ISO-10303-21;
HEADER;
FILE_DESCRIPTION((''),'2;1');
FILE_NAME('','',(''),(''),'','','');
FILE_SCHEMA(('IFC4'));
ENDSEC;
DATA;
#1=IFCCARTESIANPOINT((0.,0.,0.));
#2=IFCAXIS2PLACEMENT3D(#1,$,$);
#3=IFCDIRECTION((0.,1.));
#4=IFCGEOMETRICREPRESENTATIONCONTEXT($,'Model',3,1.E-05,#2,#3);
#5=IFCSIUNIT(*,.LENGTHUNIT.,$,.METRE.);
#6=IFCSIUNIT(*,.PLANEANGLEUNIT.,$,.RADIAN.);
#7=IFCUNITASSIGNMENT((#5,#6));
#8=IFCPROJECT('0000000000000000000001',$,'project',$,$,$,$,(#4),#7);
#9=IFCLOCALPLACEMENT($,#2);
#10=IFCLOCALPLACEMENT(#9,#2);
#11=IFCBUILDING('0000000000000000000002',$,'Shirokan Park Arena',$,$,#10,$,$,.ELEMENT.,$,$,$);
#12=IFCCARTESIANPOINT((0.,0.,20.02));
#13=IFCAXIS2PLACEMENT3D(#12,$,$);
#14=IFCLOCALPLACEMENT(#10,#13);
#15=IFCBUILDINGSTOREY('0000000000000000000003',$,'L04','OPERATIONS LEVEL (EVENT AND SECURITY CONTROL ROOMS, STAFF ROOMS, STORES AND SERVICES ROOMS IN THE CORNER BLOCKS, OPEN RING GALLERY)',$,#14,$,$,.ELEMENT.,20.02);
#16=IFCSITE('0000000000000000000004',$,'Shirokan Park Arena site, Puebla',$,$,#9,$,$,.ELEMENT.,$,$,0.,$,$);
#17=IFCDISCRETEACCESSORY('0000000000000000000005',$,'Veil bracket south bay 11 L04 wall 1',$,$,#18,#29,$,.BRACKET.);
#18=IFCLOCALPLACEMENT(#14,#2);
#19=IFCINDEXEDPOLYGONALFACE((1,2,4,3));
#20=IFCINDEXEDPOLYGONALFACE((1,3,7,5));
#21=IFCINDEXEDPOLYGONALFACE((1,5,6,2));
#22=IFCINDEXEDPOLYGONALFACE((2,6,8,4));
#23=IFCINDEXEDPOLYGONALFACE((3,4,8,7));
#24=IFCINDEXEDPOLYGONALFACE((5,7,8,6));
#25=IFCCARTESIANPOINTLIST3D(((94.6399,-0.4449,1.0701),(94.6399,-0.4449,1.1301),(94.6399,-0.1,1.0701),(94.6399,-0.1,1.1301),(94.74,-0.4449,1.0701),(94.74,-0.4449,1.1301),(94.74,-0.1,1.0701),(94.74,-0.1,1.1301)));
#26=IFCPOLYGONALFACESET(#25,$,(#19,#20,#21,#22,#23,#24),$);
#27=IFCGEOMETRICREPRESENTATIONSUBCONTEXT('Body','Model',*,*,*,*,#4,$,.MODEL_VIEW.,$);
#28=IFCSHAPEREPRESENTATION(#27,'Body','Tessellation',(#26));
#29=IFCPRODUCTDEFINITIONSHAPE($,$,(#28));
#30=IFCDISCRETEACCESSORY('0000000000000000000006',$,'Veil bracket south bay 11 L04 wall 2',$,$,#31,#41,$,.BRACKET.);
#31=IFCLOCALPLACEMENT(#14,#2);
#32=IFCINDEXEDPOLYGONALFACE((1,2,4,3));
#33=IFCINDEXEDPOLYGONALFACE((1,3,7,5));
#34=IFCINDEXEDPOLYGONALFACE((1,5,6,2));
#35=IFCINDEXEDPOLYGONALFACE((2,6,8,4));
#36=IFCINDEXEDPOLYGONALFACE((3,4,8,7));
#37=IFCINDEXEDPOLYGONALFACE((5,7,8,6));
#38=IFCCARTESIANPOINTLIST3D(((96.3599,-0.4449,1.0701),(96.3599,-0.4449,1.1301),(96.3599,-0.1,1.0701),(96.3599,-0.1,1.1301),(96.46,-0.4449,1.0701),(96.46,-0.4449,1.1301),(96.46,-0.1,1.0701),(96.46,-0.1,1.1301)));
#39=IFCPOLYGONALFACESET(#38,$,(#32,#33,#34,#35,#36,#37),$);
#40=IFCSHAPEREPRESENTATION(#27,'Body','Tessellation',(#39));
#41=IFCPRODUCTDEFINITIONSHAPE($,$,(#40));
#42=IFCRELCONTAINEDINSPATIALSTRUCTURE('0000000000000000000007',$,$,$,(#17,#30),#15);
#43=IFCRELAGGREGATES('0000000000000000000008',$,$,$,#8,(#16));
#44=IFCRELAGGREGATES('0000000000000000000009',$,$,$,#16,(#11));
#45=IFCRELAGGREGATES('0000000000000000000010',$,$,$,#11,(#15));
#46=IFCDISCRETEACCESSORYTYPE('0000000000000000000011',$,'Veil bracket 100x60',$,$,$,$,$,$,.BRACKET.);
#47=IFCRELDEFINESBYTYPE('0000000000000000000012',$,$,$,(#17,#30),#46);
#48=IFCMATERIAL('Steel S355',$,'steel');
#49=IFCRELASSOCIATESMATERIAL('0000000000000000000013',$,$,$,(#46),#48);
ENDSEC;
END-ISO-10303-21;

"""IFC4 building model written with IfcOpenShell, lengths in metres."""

from ifc_helpers import new_model, si_unit, direction, frame, origin, origin_2d, place, context, subcontext, project, spatial, rectangle, extrude, material, type_object, element, save


model = new_model("IFC4")

# Units and contexts
model_context = context("Model", 3, precision=1e-05, world=origin(), true_north=direction((0.0, 1.0)))
body_context = subcontext(model_context, "Body", "Model", "MODEL_VIEW")
ifc_project = project(units=[si_unit("LENGTHUNIT", "METRE"), si_unit("PLANEANGLEUNIT", "RADIAN")], contexts=[model_context])

# Site, building, storey
site_placement = place(None, origin())
site = spatial("IfcSite", under=ifc_project, at=site_placement, Name="Shirokan Park Arena site, Puebla", CompositionType="ELEMENT", RefElevation=0.0)
building_placement = place(site_placement, origin())
building = spatial("IfcBuilding", under=site, at=building_placement, Name="Shirokan Park Arena", CompositionType="ELEMENT")
storey_placement = place(building_placement, frame((0.0, 0.0, 20.02)))
storey = spatial("IfcBuildingStorey", under=building, at=storey_placement, Name="L04", Description="OPERATIONS LEVEL (EVENT AND SECURITY CONTROL ROOMS, STAFF ROOMS, STORES AND SERVICES ROOMS IN THE CORNER BLOCKS, OPEN RING GALLERY)", CompositionType="ELEMENT", Elevation=20.02)

# Shared definitions
ifc_material_1 = material(Name="Steel S355", Category="steel")

# Discrete accessories
discrete_accessory_type = type_object("IfcDiscreteAccessoryType", Name="Veil bracket 100x60", PredefinedType="BRACKET", material=ifc_material_1)
for number, where, z_axis, x_axis, name in (
    (1, (94.6899, -0.2725, 1.0701), (0.0, 0.0, 1.0), (1.0, 0.0, 0.0), "Veil bracket south bay 11 L04 wall 1"),
    (2, (96.4099, -0.2725, 1.0701), (0.0, 0.0, 1.0), (1.0, 0.0, 0.0), "Veil bracket south bay 11 L04 wall 2"),
):
    element("IfcDiscreteAccessory", number, at=place(storey_placement, frame(where, z_axis=z_axis, x_axis=x_axis)), inside=storey, type_object=discrete_accessory_type, Name=name, PredefinedType="BRACKET", context=body_context, shape_type="SweptSolid", body=[
        extrude(rectangle(XDim=0.1001, YDim=0.345, at=origin_2d()), origin(), (0.0, 0.0, 1.0), 0.0601),
    ])

save(model, "model.ifc")
